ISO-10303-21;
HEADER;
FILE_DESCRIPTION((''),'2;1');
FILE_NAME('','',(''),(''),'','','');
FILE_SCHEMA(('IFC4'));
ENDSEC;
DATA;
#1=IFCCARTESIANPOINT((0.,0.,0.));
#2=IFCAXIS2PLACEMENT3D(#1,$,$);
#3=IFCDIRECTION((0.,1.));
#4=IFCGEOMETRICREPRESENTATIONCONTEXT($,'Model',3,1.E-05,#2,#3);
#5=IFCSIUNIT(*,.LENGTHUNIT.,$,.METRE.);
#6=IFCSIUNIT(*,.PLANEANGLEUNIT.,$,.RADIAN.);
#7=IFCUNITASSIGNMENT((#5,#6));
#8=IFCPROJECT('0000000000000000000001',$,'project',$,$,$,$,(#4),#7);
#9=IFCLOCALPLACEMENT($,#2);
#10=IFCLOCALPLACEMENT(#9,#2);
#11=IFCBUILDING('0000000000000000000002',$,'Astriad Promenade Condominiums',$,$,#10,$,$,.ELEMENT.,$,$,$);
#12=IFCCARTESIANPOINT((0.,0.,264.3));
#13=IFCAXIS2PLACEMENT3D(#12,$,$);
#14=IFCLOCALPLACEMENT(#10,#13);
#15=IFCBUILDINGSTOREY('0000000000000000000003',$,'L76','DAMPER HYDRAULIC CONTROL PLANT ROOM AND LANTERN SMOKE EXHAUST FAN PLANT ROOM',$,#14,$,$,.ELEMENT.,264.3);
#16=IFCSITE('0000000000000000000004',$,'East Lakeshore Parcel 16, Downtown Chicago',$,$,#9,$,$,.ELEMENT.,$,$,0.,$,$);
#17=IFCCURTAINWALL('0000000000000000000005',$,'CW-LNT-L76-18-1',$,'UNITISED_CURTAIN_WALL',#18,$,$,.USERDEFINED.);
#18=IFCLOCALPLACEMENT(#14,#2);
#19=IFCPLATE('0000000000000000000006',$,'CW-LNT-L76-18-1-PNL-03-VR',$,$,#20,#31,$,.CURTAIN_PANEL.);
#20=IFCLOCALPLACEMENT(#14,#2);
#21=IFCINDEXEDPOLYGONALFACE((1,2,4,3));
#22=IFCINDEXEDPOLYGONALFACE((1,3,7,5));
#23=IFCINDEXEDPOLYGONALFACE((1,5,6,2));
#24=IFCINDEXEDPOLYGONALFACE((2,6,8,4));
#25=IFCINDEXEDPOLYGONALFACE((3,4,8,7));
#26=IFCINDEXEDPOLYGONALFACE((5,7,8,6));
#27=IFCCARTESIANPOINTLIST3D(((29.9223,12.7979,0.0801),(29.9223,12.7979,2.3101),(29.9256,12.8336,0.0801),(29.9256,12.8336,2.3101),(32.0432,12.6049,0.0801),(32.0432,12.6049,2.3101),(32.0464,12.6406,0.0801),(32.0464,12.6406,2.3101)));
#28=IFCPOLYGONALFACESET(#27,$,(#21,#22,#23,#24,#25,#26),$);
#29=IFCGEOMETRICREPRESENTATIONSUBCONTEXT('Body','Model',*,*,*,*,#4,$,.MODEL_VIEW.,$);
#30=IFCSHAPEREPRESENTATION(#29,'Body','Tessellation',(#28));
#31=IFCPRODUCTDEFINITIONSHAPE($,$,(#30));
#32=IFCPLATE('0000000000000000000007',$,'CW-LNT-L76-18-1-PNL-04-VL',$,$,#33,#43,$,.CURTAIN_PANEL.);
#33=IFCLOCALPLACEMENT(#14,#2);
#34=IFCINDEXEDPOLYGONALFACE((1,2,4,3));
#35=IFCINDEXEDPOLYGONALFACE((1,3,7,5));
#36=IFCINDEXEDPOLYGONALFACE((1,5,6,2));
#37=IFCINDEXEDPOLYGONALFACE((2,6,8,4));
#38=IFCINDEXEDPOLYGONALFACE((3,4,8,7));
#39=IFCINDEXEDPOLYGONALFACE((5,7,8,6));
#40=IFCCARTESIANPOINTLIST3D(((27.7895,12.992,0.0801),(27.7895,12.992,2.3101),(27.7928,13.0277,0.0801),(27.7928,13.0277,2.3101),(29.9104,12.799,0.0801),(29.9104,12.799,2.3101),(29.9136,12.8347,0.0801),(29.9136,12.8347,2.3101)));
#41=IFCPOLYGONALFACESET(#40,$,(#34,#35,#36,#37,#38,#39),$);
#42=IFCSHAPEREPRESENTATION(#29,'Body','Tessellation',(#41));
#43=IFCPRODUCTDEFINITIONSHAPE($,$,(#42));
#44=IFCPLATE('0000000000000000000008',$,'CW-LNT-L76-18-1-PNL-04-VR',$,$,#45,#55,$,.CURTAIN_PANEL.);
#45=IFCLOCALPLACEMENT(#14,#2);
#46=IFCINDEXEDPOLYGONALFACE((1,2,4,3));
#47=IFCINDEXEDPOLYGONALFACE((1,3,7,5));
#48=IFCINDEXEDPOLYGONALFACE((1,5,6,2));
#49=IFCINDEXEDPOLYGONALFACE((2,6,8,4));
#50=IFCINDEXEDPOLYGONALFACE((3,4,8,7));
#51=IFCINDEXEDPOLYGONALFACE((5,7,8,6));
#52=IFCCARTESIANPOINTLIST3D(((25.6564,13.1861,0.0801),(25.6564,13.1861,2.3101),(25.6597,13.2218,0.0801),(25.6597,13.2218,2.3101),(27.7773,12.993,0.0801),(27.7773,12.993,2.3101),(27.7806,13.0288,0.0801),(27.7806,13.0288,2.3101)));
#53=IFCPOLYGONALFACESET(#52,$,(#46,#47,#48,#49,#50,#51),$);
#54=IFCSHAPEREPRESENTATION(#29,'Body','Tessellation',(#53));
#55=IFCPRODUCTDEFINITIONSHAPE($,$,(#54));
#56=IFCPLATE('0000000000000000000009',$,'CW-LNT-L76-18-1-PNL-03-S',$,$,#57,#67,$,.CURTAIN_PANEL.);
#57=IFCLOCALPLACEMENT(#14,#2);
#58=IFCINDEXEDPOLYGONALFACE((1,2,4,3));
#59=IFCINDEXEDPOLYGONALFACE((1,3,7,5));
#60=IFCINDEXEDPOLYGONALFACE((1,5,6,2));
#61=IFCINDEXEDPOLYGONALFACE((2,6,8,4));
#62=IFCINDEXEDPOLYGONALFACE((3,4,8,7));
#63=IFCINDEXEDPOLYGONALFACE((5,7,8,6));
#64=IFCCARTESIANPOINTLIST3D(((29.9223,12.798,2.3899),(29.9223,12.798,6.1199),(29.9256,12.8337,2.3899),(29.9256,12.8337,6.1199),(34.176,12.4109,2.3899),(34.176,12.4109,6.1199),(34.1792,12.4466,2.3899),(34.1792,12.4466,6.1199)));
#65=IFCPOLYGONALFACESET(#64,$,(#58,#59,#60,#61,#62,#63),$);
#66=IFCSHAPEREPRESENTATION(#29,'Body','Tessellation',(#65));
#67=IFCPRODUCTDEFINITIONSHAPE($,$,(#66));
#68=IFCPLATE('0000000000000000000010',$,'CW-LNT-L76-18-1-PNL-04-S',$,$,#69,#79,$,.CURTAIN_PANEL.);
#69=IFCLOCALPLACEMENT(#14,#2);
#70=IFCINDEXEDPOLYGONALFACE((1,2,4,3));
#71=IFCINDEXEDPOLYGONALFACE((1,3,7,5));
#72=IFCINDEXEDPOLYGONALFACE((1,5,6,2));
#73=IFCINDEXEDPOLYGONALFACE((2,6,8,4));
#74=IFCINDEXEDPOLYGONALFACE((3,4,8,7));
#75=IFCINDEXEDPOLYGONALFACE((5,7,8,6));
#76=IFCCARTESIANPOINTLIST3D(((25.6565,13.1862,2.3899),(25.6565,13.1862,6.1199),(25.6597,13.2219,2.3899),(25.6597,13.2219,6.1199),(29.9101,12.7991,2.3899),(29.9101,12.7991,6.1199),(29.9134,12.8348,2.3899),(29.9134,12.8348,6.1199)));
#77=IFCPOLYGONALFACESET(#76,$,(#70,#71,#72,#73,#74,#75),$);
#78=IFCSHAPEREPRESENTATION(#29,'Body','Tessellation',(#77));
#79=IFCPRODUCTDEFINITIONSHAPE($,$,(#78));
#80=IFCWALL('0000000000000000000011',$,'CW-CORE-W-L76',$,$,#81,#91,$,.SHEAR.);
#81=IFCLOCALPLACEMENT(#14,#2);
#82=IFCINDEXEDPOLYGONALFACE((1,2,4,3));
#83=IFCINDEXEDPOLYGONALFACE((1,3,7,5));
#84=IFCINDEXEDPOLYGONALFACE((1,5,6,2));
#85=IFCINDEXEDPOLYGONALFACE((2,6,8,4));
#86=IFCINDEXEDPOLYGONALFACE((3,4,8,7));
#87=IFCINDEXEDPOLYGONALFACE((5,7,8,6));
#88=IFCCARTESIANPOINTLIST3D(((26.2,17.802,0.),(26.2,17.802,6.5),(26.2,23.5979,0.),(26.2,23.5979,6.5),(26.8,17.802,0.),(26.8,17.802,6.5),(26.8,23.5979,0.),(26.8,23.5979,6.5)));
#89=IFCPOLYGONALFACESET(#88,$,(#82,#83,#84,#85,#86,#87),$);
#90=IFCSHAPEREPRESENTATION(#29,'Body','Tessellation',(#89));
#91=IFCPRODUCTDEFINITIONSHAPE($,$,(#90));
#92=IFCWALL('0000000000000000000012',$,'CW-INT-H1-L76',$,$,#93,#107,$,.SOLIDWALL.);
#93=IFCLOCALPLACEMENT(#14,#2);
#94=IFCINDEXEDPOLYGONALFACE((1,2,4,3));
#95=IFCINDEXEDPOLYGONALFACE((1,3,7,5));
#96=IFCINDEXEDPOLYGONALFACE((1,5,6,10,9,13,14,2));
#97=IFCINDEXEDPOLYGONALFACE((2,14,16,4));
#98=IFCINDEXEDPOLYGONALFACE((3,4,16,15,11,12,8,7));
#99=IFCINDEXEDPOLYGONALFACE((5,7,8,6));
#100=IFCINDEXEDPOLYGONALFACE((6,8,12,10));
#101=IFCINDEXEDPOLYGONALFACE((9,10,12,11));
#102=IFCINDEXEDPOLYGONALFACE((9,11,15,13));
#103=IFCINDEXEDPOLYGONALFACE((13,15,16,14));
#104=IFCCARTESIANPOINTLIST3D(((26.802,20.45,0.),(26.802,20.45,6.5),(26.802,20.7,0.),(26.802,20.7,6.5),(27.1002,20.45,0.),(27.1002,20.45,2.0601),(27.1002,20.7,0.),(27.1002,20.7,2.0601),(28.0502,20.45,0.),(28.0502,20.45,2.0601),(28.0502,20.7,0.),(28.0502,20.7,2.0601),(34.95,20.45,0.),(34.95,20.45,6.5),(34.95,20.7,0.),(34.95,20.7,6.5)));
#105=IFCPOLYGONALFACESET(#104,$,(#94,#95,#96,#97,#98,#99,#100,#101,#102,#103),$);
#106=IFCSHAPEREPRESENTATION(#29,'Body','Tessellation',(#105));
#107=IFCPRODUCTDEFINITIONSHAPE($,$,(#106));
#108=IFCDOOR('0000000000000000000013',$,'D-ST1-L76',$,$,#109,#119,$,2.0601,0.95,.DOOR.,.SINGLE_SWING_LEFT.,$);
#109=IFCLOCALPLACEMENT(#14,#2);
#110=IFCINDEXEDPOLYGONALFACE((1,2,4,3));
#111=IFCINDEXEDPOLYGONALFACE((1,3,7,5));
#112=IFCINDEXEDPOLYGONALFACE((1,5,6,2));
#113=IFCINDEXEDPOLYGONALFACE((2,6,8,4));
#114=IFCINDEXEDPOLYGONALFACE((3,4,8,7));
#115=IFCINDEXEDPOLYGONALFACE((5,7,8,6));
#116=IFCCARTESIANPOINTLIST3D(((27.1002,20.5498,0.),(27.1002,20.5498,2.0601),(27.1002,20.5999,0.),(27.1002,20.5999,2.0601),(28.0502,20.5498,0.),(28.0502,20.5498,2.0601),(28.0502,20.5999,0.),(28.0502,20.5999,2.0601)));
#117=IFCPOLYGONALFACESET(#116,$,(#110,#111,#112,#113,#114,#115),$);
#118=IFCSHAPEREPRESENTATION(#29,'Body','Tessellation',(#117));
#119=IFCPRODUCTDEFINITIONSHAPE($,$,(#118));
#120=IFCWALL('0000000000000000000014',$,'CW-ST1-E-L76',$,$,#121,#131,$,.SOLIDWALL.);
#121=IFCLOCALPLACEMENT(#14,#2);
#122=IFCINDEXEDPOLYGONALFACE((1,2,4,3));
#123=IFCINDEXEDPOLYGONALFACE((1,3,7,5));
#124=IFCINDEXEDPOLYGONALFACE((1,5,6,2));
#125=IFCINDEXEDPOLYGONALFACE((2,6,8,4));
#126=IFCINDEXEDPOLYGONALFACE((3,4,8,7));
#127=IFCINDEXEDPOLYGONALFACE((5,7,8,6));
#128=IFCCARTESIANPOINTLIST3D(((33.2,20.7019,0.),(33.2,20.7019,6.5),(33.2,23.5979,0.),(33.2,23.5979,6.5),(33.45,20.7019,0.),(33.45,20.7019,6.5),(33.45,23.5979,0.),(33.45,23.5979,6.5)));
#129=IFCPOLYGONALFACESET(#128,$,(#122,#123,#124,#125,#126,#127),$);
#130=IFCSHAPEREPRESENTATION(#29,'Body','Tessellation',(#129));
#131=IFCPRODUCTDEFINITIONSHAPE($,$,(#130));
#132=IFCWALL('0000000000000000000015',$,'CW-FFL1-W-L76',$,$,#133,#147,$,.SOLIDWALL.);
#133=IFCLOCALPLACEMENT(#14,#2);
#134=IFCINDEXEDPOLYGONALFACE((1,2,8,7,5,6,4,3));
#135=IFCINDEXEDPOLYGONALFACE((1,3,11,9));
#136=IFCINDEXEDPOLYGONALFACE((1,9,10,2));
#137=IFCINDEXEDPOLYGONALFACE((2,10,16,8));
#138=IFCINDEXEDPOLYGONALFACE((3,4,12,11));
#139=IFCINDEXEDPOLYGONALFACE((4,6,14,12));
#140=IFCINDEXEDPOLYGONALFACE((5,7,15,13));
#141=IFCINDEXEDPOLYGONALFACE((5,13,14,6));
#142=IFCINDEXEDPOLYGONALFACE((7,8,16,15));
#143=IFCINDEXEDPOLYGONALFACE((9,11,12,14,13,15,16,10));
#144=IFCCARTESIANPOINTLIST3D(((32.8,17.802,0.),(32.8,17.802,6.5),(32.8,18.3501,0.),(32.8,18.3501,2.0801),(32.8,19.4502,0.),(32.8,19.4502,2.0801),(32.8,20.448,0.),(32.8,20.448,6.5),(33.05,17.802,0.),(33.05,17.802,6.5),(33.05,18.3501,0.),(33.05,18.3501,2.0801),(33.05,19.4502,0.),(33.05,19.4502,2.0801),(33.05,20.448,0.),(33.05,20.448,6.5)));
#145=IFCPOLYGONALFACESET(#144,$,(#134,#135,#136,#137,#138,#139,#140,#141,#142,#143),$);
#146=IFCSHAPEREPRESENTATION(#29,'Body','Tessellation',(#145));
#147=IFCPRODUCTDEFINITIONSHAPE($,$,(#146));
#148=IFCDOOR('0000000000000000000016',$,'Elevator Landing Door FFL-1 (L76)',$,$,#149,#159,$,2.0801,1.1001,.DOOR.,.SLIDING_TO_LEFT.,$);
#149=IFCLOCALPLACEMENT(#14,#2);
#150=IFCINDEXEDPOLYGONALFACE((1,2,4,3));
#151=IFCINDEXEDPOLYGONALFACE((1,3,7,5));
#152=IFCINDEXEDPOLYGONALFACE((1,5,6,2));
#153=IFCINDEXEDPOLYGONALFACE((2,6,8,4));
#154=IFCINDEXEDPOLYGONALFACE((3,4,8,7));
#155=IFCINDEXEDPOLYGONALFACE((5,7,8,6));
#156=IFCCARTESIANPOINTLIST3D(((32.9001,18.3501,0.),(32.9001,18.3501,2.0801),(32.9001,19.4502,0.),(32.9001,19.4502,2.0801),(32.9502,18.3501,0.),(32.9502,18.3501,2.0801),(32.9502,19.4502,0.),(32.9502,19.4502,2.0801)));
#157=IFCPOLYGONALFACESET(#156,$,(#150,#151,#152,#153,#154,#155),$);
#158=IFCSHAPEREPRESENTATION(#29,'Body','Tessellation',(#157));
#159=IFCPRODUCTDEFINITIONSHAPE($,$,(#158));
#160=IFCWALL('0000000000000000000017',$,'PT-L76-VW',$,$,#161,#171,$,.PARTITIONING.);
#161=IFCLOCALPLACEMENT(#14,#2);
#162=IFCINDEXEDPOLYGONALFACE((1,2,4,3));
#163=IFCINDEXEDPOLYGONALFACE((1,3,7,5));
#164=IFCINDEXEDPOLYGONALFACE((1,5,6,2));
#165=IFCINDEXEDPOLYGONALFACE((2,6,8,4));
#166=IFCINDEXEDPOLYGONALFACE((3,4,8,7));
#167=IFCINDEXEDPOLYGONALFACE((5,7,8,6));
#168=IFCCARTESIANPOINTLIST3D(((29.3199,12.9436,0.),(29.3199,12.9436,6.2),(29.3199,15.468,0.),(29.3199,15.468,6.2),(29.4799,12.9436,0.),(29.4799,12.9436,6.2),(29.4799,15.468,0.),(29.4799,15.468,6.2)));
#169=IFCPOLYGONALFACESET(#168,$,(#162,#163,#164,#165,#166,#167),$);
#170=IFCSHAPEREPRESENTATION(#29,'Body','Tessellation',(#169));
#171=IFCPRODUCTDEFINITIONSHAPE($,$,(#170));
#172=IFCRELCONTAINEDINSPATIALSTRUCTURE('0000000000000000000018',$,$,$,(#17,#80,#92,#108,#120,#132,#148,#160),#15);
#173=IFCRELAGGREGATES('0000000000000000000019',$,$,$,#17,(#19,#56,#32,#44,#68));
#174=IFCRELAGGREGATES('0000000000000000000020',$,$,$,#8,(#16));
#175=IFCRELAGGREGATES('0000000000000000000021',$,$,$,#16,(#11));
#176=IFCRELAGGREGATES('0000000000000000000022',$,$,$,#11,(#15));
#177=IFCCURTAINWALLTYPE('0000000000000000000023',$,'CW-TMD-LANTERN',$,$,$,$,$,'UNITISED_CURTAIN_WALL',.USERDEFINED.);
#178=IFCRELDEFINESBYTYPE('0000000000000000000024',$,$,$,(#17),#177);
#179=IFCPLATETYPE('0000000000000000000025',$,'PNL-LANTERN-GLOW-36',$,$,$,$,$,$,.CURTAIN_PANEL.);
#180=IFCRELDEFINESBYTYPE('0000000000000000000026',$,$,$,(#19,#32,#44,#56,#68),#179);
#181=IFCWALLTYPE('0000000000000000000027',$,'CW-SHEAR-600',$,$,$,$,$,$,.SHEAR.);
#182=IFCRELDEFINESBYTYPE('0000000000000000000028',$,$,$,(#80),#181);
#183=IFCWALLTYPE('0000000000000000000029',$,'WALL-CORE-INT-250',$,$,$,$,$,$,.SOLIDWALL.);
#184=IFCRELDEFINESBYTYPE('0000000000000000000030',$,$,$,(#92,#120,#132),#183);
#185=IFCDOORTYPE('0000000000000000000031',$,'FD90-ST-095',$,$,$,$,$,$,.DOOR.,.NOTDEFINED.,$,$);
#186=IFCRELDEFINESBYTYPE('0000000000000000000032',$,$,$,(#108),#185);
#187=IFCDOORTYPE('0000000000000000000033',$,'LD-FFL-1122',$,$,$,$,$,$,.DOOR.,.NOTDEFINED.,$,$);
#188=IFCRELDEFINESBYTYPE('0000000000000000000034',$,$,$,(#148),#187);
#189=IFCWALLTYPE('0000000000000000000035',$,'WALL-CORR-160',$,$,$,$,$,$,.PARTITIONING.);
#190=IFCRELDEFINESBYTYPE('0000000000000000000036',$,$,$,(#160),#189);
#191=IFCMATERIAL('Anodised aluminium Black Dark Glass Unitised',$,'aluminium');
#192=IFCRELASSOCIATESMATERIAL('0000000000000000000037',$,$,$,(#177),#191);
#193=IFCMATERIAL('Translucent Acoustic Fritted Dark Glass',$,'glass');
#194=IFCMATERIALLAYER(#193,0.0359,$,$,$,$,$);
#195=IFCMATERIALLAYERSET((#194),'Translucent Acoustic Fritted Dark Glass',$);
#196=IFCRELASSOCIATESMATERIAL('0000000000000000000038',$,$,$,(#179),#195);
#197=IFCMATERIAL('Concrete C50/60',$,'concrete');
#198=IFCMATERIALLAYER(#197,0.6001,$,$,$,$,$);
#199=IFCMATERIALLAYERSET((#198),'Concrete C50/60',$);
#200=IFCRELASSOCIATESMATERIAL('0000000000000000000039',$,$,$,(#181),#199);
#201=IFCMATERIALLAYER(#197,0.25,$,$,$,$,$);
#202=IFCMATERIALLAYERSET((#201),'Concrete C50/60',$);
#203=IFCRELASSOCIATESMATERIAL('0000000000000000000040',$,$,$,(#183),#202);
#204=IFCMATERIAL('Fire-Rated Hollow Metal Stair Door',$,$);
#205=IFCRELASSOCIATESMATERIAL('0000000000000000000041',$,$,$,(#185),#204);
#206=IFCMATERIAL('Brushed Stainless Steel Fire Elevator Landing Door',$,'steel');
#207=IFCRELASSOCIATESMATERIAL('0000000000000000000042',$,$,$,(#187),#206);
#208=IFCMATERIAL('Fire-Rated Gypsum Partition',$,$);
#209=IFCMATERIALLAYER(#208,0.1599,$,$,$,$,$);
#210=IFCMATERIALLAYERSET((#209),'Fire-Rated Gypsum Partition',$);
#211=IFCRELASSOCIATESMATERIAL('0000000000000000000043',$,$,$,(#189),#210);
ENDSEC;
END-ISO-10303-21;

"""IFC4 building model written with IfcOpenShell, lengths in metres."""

from ifc_helpers import new_model, si_unit, direction, frame, frame_2d, origin, origin_2d, place, context, subcontext, project, spatial, rectangle, extrude, source, transform, mapped, material, layer, layer_set, type_object, type_shapes, element, fill, aggregate, save


model = new_model("IFC4")

# Units and contexts
model_context = context("Model", 3, precision=1e-05, world=origin(), true_north=direction((0.0, 1.0)))
body_context = subcontext(model_context, "Body", "Model", "MODEL_VIEW")
ifc_project = project(units=[si_unit("LENGTHUNIT", "METRE"), si_unit("PLANEANGLEUNIT", "RADIAN")], contexts=[model_context])

# Site, building, storey
site_placement = place(None, origin())
site = spatial("IfcSite", under=ifc_project, at=site_placement, Name="East Lakeshore Parcel 16, Downtown Chicago", CompositionType="ELEMENT", RefElevation=0.0)
building_placement = place(site_placement, origin())
building = spatial("IfcBuilding", under=site, at=building_placement, Name="Astriad Promenade Condominiums", CompositionType="ELEMENT")
storey_placement = place(building_placement, frame((0.0, 0.0, 264.3)))
storey = spatial("IfcBuildingStorey", under=building, at=storey_placement, Name="L76", Description="DAMPER HYDRAULIC CONTROL PLANT ROOM AND LANTERN SMOKE EXHAUST FAN PLANT ROOM", CompositionType="ELEMENT", Elevation=264.3)

# Curtain wall, plates
ifc_material_1 = material(Name="Anodised aluminium Black Dark Glass Unitised", Category="aluminium")
curtain_wall_type = type_object("IfcCurtainWallType", Name="CW-TMD-LANTERN", ElementType="UNITISED_CURTAIN_WALL", PredefinedType="USERDEFINED", material=ifc_material_1)
curtain_wall_placement = place(storey_placement, origin())
curtain_wall = element("IfcCurtainWall", 1, at=curtain_wall_placement, inside=storey, type_object=curtain_wall_type, Name="CW-LNT-L76-18-1", ObjectType="UNITISED_CURTAIN_WALL", PredefinedType="USERDEFINED")
ifc_material_2 = material(Name="Translucent Acoustic Fritted Dark Glass", Category="glass")
ifc_layer_1 = layer(ifc_material_2, 0.0359)
ifc_layer_set_1 = layer_set([ifc_layer_1], Name="Translucent Acoustic Fritted Dark Glass")
plate_type = type_object("IfcPlateType", Name="PNL-LANTERN-GLOW-36", PredefinedType="CURTAIN_PANEL", material=ifc_layer_set_1)
shared_shape_1 = source(origin(), body_context, "Body", "SweptSolid", [
    extrude(rectangle(XDim=2.1296, YDim=0.0359, at=origin_2d()), origin(), (0.0, 0.0, 1.0), 2.23),
])
plate_1_placement = place(storey_placement, frame((30.9844, 12.7192, 0.0801), z_axis=(0.0, 0.0, 1.0), x_axis=(-0.995884, 0.090633, 0.0)))
plate_1 = element("IfcPlate", 2, at=plate_1_placement, type_object=plate_type, Name="CW-LNT-L76-18-1-PNL-03-VR", PredefinedType="CURTAIN_PANEL", context=body_context, shape_type="MappedRepresentation", body=[
    mapped(shared_shape_1, transform((0.0, 0.0, 0.0), scale=1.0)),
])
plate_2_placement = place(storey_placement, frame((28.8516, 12.9133, 0.0801), z_axis=(0.0, 0.0, 1.0), x_axis=(-0.995884, 0.090633, 0.0)))
plate_2 = element("IfcPlate", 3, at=plate_2_placement, type_object=plate_type, Name="CW-LNT-L76-18-1-PNL-04-VL", PredefinedType="CURTAIN_PANEL", context=body_context, shape_type="MappedRepresentation", body=[
    mapped(shared_shape_1, transform((0.0, 0.0, 0.0), scale=1.0)),
])
plate_3_placement = place(storey_placement, frame((26.7185, 13.1074, 0.0801), z_axis=(0.0, 0.0, 1.0), x_axis=(-0.995884, 0.090633, 0.0)))
plate_3 = element("IfcPlate", 4, at=plate_3_placement, type_object=plate_type, Name="CW-LNT-L76-18-1-PNL-04-VR", PredefinedType="CURTAIN_PANEL", context=body_context, shape_type="MappedRepresentation", body=[
    mapped(shared_shape_1, transform((0.0, 0.0, 0.0), scale=1.0)),
])
shared_shape_2 = source(origin(), body_context, "Body", "SweptSolid", [
    extrude(rectangle(XDim=4.2712, YDim=0.0359, at=origin_2d()), origin(), (0.0, 0.0, 1.0), 3.73),
])
type_shapes(plate_type, [shared_shape_1, shared_shape_2])
plate_4_placement = place(storey_placement, frame((32.0508, 12.6223, 2.3899), z_axis=(0.0, 0.0, 1.0), x_axis=(-0.995884, 0.090633, 0.0)))
plate_4 = element("IfcPlate", 5, at=plate_4_placement, type_object=plate_type, Name="CW-LNT-L76-18-1-PNL-03-S", PredefinedType="CURTAIN_PANEL", context=body_context, shape_type="MappedRepresentation", body=[
    mapped(shared_shape_2, transform((0.0, 0.0, 0.0), scale=1.0)),
])
plate_5_placement = place(storey_placement, frame((27.7849, 13.0105, 2.3899), z_axis=(0.0, 0.0, 1.0), x_axis=(-0.995884, 0.090633, 0.0)))
plate_5 = element("IfcPlate", 6, at=plate_5_placement, type_object=plate_type, Name="CW-LNT-L76-18-1-PNL-04-S", PredefinedType="CURTAIN_PANEL", context=body_context, shape_type="MappedRepresentation", body=[
    mapped(shared_shape_2, transform((0.0, 0.0, 0.0), scale=1.0)),
])
aggregate(curtain_wall, [plate_1, plate_4, plate_2, plate_3, plate_5])

# Wall
ifc_material_3 = material(Name="Concrete C50/60", Category="concrete")
ifc_layer_2 = layer(ifc_material_3, 0.6001)
ifc_layer_set_2 = layer_set([ifc_layer_2], Name="Concrete C50/60")
wall_type_1 = type_object("IfcWallType", Name="CW-SHEAR-600", PredefinedType="SHEAR", material=ifc_layer_set_2)
wall_1_placement = place(storey_placement, frame((26.5, 17.802, 0.0), z_axis=(0.0, 0.0, 1.0), x_axis=(0.0, 1.0, 0.0)))
element("IfcWall", 7, at=wall_1_placement, inside=storey, type_object=wall_type_1, Name="CW-CORE-W-L76", PredefinedType="SHEAR", context=body_context, shape_type="SweptSolid", body=[
    extrude(rectangle(XDim=5.7959, YDim=0.6001, at=frame_2d((2.8979, 0.0))), origin(), (0.0, 0.0, 1.0), 6.5),
])

# Wall, opening, door
ifc_layer_3 = layer(ifc_material_3, 0.25)
ifc_layer_set_3 = layer_set([ifc_layer_3], Name="Concrete C50/60")
wall_type_2 = type_object("IfcWallType", Name="WALL-CORE-INT-250", PredefinedType="SOLIDWALL", material=ifc_layer_set_3)
wall_2_placement = place(storey_placement, frame((26.802, 20.575, 0.0), z_axis=(0.0, 0.0, 1.0), x_axis=(1.0, 0.0, 0.0)))
wall_2 = element("IfcWall", 8, at=wall_2_placement, inside=storey, type_object=wall_type_2, Name="CW-INT-H1-L76", PredefinedType="SOLIDWALL", context=body_context, shape_type="SweptSolid", body=[
    extrude(rectangle(XDim=8.1479, YDim=0.25, at=frame_2d((4.074, 0.0))), origin(), (0.0, 0.0, 1.0), 6.5),
])
opening_1_placement = place(wall_2_placement, frame((0.2981, 0.0, 0.0)))
opening_1 = element("IfcOpeningElement", 9, at=opening_1_placement, cuts=wall_2, PredefinedType="OPENING", context=body_context, shape_type="SweptSolid", body=[
    extrude(rectangle(XDim=0.95, YDim=2.0601, at=frame_2d((0.4751, 1.03))), frame((0.0, 0.135, 0.0), z_axis=(0.0, -1.0, 0.0), x_axis=(1.0, 0.0, 0.0)), (0.0, 0.0, 1.0), 0.27),
])
ifc_material_4 = material(Name="Fire-Rated Hollow Metal Stair Door")
door_type_1 = type_object("IfcDoorType", Name="FD90-ST-095", OperationType="NOTDEFINED", PredefinedType="DOOR", material=ifc_material_4)
shared_shape_3 = source(origin(), body_context, "Body", "SweptSolid", [
    extrude(rectangle(XDim=0.95, YDim=2.0601, at=frame_2d((0.4751, 1.03))), frame((0.0, 0.0249, 0.0), z_axis=(0.0, -1.0, 0.0), x_axis=(1.0, 0.0, 0.0)), (0.0, 0.0, 1.0), 0.05),
])
type_shapes(door_type_1, [shared_shape_3])
door_1_placement = place(opening_1_placement, origin())
door_1 = element("IfcDoor", 10, at=door_1_placement, inside=storey, type_object=door_type_1, Name="D-ST1-L76", OperationType="SINGLE_SWING_LEFT", OverallHeight=2.0601, OverallWidth=0.95, PredefinedType="DOOR", context=body_context, shape_type="MappedRepresentation", body=[
    mapped(shared_shape_3, transform((0.0, 0.0, 0.0), scale=1.0)),
])
fill(opening_1, door_1)

# Wall
wall_3_placement = place(storey_placement, frame((33.325, 20.7019, 0.0), z_axis=(0.0, 0.0, 1.0), x_axis=(0.0, 1.0, 0.0)))
element("IfcWall", 11, at=wall_3_placement, inside=storey, type_object=wall_type_2, Name="CW-ST1-E-L76", PredefinedType="SOLIDWALL", context=body_context, shape_type="SweptSolid", body=[
    extrude(rectangle(XDim=2.896, YDim=0.25, at=frame_2d((1.448, 0.0))), origin(), (0.0, 0.0, 1.0), 6.5),
])

# Wall, opening, door
wall_4_placement = place(storey_placement, frame((32.925, 17.802, 0.0), z_axis=(0.0, 0.0, 1.0), x_axis=(0.0, 1.0, 0.0)))
wall_4 = element("IfcWall", 12, at=wall_4_placement, inside=storey, type_object=wall_type_2, Name="CW-FFL1-W-L76", PredefinedType="SOLIDWALL", context=body_context, shape_type="SweptSolid", body=[
    extrude(rectangle(XDim=2.646, YDim=0.25, at=frame_2d((1.323, 0.0))), origin(), (0.0, 0.0, 1.0), 6.5),
])
opening_2_placement = place(wall_4_placement, frame((0.5481, 0.0, 0.0)))
opening_2 = element("IfcOpeningElement", 13, at=opening_2_placement, cuts=wall_4, PredefinedType="OPENING", context=body_context, shape_type="SweptSolid", body=[
    extrude(rectangle(XDim=1.1001, YDim=2.0801, at=frame_2d((0.55, 1.04))), frame((0.0, 0.135, 0.0), z_axis=(0.0, -1.0, 0.0), x_axis=(1.0, 0.0, 0.0)), (0.0, 0.0, 1.0), 0.27),
])
ifc_material_5 = material(Name="Brushed Stainless Steel Fire Elevator Landing Door", Category="steel")
door_type_2 = type_object("IfcDoorType", Name="LD-FFL-1122", OperationType="NOTDEFINED", PredefinedType="DOOR", material=ifc_material_5)
shared_shape_4 = source(origin(), body_context, "Body", "SweptSolid", [
    extrude(rectangle(XDim=1.1001, YDim=2.0801, at=frame_2d((0.55, 1.04))), frame((0.0, 0.0249, 0.0), z_axis=(0.0, -1.0, 0.0), x_axis=(1.0, 0.0, 0.0)), (0.0, 0.0, 1.0), 0.05),
])
type_shapes(door_type_2, [shared_shape_4])
door_2_placement = place(opening_2_placement, origin())
door_2 = element("IfcDoor", 14, at=door_2_placement, inside=storey, type_object=door_type_2, Name="Elevator Landing Door FFL-1 (L76)", OperationType="SLIDING_TO_LEFT", OverallHeight=2.0801, OverallWidth=1.1001, PredefinedType="DOOR", context=body_context, shape_type="MappedRepresentation", body=[
    mapped(shared_shape_4, transform((0.0, 0.0, 0.0), scale=1.0)),
])
fill(opening_2, door_2)

# Wall
ifc_material_6 = material(Name="Fire-Rated Gypsum Partition")
ifc_layer_4 = layer(ifc_material_6, 0.1599)
ifc_layer_set_4 = layer_set([ifc_layer_4], Name="Fire-Rated Gypsum Partition")
wall_type_3 = type_object("IfcWallType", Name="WALL-CORR-160", PredefinedType="PARTITIONING", material=ifc_layer_set_4)
wall_5_placement = place(storey_placement, frame((29.3999, 12.9436, 0.0), z_axis=(0.0, 0.0, 1.0), x_axis=(0.0, 1.0, 0.0)))
element("IfcWall", 15, at=wall_5_placement, inside=storey, type_object=wall_type_3, Name="PT-L76-VW", PredefinedType="PARTITIONING", context=body_context, shape_type="SweptSolid", body=[
    extrude(rectangle(XDim=2.5244, YDim=0.1599, at=frame_2d((1.2622, 0.0))), origin(), (0.0, 0.0, 1.0), 6.2),
])

save(model, "model.ifc")
